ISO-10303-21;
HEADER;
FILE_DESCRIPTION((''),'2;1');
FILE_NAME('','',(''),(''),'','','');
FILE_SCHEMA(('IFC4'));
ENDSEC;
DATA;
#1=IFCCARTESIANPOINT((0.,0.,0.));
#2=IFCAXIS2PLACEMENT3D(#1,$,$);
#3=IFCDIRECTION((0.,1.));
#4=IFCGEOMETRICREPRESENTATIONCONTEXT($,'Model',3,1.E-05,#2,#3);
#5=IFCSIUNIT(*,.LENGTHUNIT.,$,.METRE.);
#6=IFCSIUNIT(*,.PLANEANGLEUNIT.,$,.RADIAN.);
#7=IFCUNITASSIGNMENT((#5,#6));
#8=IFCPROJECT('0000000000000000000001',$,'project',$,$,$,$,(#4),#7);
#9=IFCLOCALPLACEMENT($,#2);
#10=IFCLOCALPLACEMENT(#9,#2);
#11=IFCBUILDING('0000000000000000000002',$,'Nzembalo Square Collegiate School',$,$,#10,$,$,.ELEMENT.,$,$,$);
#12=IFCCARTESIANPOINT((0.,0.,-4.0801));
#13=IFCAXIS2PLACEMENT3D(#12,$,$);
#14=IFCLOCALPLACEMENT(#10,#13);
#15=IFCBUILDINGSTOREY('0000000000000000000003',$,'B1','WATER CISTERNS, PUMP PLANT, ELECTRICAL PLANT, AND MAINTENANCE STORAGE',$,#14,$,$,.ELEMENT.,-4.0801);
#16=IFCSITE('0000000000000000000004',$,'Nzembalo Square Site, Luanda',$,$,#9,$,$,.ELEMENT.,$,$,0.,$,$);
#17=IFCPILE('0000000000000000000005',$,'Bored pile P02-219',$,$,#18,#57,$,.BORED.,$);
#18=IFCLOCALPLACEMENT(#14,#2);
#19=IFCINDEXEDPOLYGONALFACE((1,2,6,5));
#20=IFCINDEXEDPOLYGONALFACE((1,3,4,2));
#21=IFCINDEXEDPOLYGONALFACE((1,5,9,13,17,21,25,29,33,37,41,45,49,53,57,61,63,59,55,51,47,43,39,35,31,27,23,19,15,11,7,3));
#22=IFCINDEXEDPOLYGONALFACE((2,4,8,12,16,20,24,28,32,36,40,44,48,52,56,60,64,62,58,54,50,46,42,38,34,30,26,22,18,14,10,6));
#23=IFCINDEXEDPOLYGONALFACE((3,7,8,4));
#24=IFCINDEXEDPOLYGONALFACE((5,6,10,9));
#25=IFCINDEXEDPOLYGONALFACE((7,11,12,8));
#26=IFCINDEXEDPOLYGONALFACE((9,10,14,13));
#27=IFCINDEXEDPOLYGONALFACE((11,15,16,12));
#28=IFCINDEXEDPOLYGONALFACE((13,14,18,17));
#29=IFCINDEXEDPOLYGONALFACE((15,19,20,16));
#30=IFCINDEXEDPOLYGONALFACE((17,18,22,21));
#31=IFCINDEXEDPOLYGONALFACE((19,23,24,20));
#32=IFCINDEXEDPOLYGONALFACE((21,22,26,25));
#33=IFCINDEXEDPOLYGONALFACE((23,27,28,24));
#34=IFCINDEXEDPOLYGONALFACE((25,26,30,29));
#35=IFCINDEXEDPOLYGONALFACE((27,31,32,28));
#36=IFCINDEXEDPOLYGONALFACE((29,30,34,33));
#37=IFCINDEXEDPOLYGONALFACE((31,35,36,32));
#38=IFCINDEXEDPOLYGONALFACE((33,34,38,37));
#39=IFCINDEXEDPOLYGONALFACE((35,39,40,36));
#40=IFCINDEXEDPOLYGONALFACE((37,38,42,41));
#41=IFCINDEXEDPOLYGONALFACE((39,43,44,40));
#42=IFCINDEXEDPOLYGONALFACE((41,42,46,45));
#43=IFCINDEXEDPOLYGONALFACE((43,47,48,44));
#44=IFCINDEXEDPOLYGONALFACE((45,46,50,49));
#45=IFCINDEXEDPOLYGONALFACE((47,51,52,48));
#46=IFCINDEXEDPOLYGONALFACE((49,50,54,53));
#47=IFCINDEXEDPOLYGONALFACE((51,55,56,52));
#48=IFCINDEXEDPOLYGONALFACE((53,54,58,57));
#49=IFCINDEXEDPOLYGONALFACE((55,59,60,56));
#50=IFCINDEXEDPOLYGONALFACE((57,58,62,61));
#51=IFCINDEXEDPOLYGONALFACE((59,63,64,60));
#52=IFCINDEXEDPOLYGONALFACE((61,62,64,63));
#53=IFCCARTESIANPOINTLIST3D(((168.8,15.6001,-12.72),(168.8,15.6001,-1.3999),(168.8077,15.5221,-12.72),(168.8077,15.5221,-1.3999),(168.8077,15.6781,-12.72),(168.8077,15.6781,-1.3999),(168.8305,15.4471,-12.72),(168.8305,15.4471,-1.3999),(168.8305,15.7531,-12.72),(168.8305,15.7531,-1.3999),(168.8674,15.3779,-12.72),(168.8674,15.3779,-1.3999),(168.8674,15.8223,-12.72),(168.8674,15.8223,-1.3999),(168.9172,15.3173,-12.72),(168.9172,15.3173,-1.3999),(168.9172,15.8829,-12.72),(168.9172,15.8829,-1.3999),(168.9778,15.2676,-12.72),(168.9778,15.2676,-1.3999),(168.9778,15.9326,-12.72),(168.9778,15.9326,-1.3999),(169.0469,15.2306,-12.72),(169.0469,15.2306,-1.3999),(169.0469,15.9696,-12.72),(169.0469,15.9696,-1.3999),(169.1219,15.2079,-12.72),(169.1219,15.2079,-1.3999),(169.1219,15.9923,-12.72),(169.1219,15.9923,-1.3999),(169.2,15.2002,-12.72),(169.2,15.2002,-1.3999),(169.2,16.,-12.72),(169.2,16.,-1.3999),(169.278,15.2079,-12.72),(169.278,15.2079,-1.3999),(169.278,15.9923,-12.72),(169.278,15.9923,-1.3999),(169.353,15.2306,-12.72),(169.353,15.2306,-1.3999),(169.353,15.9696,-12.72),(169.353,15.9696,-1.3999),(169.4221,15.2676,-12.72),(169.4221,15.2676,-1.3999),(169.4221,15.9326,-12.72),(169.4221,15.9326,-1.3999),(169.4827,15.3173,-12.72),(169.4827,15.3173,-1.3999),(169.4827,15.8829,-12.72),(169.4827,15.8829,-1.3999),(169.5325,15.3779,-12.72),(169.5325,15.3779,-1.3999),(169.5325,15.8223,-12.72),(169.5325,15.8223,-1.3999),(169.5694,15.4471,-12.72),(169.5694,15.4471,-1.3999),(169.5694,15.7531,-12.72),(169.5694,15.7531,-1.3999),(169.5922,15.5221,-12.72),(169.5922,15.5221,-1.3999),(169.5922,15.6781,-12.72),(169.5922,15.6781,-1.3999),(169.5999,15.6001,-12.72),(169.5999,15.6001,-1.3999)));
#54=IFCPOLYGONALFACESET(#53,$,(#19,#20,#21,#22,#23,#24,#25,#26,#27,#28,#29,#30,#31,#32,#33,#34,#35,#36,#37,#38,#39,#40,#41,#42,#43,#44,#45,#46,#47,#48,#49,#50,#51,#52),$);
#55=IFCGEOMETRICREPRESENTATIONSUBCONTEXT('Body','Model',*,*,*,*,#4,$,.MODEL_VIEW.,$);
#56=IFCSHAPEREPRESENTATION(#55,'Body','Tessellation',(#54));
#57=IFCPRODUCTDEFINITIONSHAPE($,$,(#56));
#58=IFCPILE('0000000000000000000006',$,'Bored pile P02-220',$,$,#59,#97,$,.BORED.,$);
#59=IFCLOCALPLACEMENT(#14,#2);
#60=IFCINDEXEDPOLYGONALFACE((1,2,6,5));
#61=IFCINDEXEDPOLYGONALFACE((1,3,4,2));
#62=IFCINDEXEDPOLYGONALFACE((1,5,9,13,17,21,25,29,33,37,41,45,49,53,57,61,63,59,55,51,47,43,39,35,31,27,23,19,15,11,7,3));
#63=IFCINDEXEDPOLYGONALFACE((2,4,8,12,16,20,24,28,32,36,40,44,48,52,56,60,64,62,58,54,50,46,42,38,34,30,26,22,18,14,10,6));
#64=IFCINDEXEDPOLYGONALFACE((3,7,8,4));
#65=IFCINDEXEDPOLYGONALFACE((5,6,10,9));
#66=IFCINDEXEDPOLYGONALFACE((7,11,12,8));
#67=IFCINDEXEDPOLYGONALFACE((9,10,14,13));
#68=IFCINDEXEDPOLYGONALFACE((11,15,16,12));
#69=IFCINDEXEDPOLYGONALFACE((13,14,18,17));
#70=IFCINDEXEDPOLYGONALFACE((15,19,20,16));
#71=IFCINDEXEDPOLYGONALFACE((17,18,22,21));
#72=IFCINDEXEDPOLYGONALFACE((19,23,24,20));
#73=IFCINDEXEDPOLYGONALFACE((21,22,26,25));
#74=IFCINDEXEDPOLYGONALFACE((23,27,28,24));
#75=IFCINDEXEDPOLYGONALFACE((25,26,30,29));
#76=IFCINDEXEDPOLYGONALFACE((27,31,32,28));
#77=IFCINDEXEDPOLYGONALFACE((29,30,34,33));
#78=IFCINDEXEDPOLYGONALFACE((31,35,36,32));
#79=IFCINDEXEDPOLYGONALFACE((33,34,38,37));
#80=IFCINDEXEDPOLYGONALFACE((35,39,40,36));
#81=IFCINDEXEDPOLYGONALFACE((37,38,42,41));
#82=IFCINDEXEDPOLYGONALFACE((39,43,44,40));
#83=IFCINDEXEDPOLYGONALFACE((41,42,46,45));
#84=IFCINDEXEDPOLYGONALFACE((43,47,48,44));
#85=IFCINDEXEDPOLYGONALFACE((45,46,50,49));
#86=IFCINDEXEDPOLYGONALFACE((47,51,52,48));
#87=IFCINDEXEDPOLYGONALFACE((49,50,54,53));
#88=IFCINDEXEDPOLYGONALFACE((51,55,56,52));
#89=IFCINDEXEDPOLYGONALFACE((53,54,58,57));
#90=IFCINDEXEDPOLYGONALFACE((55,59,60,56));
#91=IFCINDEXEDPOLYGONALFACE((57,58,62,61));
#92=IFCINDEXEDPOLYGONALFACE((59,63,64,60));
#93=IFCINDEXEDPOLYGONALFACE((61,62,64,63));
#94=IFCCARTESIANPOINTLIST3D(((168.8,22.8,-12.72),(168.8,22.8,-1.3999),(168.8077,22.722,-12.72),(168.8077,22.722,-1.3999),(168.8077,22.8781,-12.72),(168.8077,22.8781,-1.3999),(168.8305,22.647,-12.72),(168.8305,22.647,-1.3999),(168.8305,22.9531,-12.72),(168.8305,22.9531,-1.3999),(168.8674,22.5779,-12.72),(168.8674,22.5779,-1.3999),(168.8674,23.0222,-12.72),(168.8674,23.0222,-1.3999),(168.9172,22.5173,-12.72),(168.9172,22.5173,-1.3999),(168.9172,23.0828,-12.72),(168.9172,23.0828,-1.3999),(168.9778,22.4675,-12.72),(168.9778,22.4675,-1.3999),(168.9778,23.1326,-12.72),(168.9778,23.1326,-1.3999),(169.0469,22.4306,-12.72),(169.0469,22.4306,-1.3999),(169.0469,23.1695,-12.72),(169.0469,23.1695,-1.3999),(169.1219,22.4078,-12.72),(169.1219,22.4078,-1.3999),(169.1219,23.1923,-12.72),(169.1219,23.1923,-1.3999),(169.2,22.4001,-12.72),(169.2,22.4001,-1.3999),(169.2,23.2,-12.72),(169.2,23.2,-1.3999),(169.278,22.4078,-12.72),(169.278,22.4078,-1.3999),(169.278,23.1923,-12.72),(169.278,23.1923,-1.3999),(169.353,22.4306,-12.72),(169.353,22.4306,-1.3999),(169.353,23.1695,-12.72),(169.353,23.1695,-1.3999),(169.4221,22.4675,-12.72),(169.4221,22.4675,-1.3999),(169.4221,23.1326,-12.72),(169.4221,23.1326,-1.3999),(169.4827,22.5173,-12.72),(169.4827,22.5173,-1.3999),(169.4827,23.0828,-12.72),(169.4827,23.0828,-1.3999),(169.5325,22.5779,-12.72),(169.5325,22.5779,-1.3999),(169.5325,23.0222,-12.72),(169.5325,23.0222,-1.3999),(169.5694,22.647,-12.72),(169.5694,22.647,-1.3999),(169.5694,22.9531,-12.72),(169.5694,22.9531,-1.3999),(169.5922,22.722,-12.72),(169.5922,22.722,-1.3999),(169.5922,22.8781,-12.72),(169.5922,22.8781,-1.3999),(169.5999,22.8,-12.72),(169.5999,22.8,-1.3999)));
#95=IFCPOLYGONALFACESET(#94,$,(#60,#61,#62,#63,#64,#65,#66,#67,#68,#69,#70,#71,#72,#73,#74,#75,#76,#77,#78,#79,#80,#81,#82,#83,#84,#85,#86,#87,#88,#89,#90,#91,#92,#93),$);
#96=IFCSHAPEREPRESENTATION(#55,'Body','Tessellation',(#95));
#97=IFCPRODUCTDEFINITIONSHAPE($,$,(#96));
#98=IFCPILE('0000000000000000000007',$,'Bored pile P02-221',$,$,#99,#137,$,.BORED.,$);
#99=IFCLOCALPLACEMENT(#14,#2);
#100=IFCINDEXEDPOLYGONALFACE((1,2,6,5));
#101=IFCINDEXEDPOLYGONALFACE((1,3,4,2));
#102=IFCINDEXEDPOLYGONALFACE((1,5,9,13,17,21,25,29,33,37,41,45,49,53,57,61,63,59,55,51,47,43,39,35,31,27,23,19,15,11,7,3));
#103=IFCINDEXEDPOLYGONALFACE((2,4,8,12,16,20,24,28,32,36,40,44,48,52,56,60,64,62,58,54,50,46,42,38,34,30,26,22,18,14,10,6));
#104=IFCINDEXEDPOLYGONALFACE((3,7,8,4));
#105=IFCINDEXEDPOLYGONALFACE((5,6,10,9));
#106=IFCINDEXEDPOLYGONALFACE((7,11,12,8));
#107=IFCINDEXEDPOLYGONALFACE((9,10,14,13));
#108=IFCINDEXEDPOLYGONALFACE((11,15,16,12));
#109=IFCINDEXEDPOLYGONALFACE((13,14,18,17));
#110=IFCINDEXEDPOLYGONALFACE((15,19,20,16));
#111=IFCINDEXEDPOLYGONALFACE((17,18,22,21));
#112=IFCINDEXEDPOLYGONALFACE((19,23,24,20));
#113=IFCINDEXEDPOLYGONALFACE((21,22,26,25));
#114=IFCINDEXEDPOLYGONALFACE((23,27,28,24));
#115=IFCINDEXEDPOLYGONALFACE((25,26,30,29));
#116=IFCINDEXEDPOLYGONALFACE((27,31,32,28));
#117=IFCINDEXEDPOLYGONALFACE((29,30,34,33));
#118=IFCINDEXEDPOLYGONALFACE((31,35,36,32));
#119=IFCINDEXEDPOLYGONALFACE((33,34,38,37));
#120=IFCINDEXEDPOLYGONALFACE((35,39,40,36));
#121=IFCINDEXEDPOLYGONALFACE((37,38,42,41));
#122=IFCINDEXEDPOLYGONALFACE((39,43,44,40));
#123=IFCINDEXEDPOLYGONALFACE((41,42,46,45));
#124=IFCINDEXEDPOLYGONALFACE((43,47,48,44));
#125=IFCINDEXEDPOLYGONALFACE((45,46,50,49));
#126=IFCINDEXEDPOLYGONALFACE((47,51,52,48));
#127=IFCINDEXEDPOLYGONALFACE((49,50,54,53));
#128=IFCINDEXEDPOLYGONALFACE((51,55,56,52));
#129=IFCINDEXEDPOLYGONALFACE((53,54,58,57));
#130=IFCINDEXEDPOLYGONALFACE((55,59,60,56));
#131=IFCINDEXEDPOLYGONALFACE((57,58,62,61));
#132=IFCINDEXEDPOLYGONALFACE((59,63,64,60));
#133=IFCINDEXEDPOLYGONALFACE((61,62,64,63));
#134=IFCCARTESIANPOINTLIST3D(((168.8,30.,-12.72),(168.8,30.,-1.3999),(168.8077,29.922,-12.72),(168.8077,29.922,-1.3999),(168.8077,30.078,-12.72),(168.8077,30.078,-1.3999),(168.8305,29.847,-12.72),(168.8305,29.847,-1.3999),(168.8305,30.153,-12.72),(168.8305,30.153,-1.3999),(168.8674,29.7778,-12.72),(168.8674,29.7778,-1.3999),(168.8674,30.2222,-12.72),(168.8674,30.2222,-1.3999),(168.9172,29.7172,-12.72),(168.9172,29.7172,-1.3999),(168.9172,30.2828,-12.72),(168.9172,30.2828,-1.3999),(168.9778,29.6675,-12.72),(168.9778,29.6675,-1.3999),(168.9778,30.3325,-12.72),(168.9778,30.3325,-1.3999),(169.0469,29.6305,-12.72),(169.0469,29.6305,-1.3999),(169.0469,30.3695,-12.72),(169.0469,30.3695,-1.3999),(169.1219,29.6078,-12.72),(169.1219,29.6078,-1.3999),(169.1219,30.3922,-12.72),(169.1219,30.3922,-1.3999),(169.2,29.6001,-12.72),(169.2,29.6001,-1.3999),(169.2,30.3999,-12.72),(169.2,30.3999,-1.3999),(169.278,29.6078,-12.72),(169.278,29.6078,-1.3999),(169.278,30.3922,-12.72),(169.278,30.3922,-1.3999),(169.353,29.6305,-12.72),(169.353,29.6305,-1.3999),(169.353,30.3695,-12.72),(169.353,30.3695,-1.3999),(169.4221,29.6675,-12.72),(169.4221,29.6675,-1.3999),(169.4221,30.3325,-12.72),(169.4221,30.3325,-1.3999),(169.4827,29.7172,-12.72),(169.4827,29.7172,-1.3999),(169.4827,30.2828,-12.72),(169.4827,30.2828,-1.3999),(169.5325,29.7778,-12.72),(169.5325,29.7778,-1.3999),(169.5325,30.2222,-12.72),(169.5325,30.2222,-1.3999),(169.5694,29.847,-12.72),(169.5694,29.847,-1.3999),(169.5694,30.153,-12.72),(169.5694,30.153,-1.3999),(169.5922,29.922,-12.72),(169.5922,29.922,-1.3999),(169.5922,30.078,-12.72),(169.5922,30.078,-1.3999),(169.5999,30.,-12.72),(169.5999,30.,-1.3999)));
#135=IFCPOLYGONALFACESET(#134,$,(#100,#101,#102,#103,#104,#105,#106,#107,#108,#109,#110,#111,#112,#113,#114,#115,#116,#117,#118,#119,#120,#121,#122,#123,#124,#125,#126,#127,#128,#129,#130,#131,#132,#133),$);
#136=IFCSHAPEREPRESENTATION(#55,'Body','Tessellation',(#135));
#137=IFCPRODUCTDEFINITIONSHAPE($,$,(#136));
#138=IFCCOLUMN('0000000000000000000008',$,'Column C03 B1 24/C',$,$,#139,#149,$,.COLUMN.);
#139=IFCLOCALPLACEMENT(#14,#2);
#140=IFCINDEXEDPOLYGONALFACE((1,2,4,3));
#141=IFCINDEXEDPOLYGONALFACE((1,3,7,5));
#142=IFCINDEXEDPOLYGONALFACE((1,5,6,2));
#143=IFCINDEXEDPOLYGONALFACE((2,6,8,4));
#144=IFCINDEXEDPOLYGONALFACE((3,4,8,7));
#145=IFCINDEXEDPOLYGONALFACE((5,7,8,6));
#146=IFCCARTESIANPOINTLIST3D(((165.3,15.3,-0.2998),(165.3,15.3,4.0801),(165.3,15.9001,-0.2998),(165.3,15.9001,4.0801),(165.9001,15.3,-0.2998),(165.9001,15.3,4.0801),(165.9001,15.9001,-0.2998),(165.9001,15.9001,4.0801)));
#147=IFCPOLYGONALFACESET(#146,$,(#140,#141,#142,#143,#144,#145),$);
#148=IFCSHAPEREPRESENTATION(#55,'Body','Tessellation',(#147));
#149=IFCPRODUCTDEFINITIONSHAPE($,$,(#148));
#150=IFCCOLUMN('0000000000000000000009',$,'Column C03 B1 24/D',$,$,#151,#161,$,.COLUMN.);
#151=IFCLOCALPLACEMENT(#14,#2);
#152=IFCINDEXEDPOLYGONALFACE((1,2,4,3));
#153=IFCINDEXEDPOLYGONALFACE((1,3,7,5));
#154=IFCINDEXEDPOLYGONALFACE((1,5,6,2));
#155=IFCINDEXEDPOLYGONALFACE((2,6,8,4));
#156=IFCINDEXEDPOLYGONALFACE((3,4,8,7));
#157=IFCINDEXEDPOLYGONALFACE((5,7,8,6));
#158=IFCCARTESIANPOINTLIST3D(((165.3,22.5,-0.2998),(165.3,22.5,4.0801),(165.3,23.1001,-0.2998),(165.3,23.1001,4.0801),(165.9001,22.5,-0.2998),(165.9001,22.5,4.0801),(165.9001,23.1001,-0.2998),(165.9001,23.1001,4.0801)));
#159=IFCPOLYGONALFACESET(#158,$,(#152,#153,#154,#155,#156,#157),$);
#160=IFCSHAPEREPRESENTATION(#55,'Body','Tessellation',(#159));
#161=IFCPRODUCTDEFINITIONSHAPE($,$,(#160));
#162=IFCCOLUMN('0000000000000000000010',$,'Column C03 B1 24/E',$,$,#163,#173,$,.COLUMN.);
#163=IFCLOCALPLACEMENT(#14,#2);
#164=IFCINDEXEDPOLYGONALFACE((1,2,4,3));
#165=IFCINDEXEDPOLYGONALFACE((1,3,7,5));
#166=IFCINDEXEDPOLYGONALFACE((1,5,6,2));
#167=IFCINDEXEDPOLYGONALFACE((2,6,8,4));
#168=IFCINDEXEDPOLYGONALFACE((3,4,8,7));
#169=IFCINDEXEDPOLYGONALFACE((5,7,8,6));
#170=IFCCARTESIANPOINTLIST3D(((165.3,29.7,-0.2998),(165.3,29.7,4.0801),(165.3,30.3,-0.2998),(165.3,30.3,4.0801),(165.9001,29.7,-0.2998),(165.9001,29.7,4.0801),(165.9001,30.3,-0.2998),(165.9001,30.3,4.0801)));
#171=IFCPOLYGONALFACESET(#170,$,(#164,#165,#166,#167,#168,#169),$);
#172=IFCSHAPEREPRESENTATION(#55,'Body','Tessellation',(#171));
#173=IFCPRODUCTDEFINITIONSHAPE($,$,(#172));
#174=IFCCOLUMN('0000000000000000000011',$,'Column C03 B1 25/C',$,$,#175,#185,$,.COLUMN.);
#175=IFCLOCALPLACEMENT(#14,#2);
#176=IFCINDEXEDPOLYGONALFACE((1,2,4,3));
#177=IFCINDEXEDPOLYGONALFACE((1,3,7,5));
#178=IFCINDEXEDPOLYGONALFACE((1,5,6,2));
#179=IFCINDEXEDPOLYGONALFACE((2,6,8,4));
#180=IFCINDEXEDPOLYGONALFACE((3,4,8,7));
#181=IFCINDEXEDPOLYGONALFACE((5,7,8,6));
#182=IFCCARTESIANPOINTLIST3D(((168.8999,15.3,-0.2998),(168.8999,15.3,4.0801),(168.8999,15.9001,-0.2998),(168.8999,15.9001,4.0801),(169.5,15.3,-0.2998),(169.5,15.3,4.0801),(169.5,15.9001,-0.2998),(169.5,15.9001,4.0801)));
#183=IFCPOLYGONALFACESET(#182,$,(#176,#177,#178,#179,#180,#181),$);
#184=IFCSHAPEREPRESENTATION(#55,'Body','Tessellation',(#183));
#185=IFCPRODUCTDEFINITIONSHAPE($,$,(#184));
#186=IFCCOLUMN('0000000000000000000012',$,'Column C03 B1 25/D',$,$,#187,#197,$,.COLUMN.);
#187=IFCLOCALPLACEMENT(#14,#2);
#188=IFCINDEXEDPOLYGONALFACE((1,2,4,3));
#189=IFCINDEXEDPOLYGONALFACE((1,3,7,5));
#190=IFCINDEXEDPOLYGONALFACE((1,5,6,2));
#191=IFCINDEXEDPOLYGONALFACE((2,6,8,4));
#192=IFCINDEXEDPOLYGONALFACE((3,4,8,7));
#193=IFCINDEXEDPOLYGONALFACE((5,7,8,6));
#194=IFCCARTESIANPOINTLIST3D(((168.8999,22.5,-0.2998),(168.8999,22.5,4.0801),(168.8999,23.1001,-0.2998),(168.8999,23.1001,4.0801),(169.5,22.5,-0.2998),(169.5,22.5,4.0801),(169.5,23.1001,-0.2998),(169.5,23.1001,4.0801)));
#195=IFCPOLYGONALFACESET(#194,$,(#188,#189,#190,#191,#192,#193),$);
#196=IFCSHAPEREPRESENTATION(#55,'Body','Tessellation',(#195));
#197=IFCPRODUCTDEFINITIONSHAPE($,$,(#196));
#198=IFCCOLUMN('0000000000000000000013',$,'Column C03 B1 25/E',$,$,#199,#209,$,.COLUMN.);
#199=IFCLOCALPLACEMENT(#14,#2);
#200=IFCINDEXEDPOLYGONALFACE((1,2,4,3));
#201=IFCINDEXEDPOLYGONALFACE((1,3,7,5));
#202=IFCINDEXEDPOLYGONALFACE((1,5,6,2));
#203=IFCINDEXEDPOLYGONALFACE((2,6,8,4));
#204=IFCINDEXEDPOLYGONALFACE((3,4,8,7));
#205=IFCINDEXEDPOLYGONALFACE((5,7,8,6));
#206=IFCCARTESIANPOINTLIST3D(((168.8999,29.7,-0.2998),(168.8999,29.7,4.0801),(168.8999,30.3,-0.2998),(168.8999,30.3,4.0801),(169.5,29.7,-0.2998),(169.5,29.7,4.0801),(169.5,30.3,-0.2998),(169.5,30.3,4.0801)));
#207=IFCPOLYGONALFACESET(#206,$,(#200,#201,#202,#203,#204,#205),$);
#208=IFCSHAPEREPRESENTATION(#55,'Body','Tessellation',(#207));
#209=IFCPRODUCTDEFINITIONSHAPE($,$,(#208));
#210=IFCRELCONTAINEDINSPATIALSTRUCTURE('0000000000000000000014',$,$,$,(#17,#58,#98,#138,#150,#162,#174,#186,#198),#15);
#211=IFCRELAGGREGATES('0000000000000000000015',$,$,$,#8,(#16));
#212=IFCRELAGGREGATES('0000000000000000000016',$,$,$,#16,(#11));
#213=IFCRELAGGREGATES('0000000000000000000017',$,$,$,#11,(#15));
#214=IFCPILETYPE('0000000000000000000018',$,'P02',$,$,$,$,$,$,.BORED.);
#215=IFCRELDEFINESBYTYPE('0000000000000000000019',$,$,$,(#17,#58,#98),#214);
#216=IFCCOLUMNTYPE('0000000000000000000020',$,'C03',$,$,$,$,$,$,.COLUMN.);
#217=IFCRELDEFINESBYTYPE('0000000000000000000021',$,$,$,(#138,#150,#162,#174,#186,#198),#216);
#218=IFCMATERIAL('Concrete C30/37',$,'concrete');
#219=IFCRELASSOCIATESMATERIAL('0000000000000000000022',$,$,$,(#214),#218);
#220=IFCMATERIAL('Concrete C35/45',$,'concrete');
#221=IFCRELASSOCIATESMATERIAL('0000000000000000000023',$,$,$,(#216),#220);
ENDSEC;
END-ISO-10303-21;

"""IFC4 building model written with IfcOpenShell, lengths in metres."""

from ifc_helpers import new_model, si_unit, direction, frame, origin, origin_2d, place, context, subcontext, project, spatial, rectangle, circle, extrude, material, material_profile, profile_set, type_object, element, save


model = new_model("IFC4")

# Units and contexts
model_context = context("Model", 3, precision=1e-05, world=origin(), true_north=direction((0.0, 1.0)))
body_context = subcontext(model_context, "Body", "Model", "MODEL_VIEW")
ifc_project = project(units=[si_unit("LENGTHUNIT", "METRE"), si_unit("PLANEANGLEUNIT", "RADIAN")], contexts=[model_context])

# Site, building, storey
site_placement = place(None, origin())
site = spatial("IfcSite", under=ifc_project, at=site_placement, Name="Nzembalo Square Site, Luanda", CompositionType="ELEMENT", RefElevation=0.0)
building_placement = place(site_placement, origin())
building = spatial("IfcBuilding", under=site, at=building_placement, Name="Nzembalo Square Collegiate School", CompositionType="ELEMENT")
storey_placement = place(building_placement, frame((0.0, 0.0, -4.0801)))
storey = spatial("IfcBuildingStorey", under=building, at=storey_placement, Name="B1", Description="WATER CISTERNS, PUMP PLANT, ELECTRICAL PLANT, AND MAINTENANCE STORAGE", CompositionType="ELEMENT", Elevation=-4.0801)

# Piles
ifc_material_1 = material(Name="Concrete C30/37", Category="concrete")
ifc_material_profile_1 = material_profile(ifc_material_1, circle(Radius=0.3999, at=origin_2d()), Name="PILE D800")
ifc_profile_set_1 = profile_set([ifc_material_profile_1], Name="Concrete C30/37")
pile_type = type_object("IfcPileType", Name="P02", PredefinedType="BORED", material=ifc_profile_set_1)
for number, where, z_axis, x_axis, name in (
    (1, (169.2, 15.6001, -1.3999), (0.0, 0.0, -1.0), (1.0, 0.0, 0.0), "Bored pile P02-219"),
    (2, (169.2, 22.8, -1.3999), (0.0, 0.0, -1.0), (1.0, 0.0, 0.0), "Bored pile P02-220"),
    (3, (169.2, 30.0, -1.3999), (0.0, 0.0, -1.0), (1.0, 0.0, 0.0), "Bored pile P02-221"),
):
    element("IfcPile", number, at=place(storey_placement, frame(where, z_axis=z_axis, x_axis=x_axis)), inside=storey, type_object=pile_type, Name=name, PredefinedType="BORED", context=body_context, shape_type="SweptSolid", body=[
        extrude(circle(Radius=0.3999, at=origin_2d()), origin(), (0.0, 0.0, 1.0), 11.3201),
    ])

# Columns
ifc_material_2 = material(Name="Concrete C35/45", Category="concrete")
ifc_material_profile_2 = material_profile(ifc_material_2, rectangle(XDim=0.6001, YDim=0.6001, at=origin_2d()), Name="RC 600x600")
ifc_profile_set_2 = profile_set([ifc_material_profile_2], Name="Concrete C35/45")
column_type = type_object("IfcColumnType", Name="C03", PredefinedType="COLUMN", material=ifc_profile_set_2)
for number, where, z_axis, x_axis, name in (
    (4, (165.6001, 15.6001, -0.2998), (0.0, 0.0, 1.0), (1.0, 0.0, 0.0), "Column C03 B1 24/C"),
    (5, (165.6001, 22.8, -0.2998), (0.0, 0.0, 1.0), (1.0, 0.0, 0.0), "Column C03 B1 24/D"),
    (6, (165.6001, 30.0, -0.2998), (0.0, 0.0, 1.0), (1.0, 0.0, 0.0), "Column C03 B1 24/E"),
    (7, (169.2, 15.6001, -0.2998), (0.0, 0.0, 1.0), (1.0, 0.0, 0.0), "Column C03 B1 25/C"),
    (8, (169.2, 22.8, -0.2998), (0.0, 0.0, 1.0), (1.0, 0.0, 0.0), "Column C03 B1 25/D"),
    (9, (169.2, 30.0, -0.2998), (0.0, 0.0, 1.0), (1.0, 0.0, 0.0), "Column C03 B1 25/E"),
):
    element("IfcColumn", number, at=place(storey_placement, frame(where, z_axis=z_axis, x_axis=x_axis)), inside=storey, type_object=column_type, Name=name, PredefinedType="COLUMN", context=body_context, shape_type="SweptSolid", body=[
        extrude(rectangle(XDim=0.6001, YDim=0.6001, at=origin_2d()), origin(), (0.0, 0.0, 1.0), 4.3799),
    ])

save(model, "model.ifc")
